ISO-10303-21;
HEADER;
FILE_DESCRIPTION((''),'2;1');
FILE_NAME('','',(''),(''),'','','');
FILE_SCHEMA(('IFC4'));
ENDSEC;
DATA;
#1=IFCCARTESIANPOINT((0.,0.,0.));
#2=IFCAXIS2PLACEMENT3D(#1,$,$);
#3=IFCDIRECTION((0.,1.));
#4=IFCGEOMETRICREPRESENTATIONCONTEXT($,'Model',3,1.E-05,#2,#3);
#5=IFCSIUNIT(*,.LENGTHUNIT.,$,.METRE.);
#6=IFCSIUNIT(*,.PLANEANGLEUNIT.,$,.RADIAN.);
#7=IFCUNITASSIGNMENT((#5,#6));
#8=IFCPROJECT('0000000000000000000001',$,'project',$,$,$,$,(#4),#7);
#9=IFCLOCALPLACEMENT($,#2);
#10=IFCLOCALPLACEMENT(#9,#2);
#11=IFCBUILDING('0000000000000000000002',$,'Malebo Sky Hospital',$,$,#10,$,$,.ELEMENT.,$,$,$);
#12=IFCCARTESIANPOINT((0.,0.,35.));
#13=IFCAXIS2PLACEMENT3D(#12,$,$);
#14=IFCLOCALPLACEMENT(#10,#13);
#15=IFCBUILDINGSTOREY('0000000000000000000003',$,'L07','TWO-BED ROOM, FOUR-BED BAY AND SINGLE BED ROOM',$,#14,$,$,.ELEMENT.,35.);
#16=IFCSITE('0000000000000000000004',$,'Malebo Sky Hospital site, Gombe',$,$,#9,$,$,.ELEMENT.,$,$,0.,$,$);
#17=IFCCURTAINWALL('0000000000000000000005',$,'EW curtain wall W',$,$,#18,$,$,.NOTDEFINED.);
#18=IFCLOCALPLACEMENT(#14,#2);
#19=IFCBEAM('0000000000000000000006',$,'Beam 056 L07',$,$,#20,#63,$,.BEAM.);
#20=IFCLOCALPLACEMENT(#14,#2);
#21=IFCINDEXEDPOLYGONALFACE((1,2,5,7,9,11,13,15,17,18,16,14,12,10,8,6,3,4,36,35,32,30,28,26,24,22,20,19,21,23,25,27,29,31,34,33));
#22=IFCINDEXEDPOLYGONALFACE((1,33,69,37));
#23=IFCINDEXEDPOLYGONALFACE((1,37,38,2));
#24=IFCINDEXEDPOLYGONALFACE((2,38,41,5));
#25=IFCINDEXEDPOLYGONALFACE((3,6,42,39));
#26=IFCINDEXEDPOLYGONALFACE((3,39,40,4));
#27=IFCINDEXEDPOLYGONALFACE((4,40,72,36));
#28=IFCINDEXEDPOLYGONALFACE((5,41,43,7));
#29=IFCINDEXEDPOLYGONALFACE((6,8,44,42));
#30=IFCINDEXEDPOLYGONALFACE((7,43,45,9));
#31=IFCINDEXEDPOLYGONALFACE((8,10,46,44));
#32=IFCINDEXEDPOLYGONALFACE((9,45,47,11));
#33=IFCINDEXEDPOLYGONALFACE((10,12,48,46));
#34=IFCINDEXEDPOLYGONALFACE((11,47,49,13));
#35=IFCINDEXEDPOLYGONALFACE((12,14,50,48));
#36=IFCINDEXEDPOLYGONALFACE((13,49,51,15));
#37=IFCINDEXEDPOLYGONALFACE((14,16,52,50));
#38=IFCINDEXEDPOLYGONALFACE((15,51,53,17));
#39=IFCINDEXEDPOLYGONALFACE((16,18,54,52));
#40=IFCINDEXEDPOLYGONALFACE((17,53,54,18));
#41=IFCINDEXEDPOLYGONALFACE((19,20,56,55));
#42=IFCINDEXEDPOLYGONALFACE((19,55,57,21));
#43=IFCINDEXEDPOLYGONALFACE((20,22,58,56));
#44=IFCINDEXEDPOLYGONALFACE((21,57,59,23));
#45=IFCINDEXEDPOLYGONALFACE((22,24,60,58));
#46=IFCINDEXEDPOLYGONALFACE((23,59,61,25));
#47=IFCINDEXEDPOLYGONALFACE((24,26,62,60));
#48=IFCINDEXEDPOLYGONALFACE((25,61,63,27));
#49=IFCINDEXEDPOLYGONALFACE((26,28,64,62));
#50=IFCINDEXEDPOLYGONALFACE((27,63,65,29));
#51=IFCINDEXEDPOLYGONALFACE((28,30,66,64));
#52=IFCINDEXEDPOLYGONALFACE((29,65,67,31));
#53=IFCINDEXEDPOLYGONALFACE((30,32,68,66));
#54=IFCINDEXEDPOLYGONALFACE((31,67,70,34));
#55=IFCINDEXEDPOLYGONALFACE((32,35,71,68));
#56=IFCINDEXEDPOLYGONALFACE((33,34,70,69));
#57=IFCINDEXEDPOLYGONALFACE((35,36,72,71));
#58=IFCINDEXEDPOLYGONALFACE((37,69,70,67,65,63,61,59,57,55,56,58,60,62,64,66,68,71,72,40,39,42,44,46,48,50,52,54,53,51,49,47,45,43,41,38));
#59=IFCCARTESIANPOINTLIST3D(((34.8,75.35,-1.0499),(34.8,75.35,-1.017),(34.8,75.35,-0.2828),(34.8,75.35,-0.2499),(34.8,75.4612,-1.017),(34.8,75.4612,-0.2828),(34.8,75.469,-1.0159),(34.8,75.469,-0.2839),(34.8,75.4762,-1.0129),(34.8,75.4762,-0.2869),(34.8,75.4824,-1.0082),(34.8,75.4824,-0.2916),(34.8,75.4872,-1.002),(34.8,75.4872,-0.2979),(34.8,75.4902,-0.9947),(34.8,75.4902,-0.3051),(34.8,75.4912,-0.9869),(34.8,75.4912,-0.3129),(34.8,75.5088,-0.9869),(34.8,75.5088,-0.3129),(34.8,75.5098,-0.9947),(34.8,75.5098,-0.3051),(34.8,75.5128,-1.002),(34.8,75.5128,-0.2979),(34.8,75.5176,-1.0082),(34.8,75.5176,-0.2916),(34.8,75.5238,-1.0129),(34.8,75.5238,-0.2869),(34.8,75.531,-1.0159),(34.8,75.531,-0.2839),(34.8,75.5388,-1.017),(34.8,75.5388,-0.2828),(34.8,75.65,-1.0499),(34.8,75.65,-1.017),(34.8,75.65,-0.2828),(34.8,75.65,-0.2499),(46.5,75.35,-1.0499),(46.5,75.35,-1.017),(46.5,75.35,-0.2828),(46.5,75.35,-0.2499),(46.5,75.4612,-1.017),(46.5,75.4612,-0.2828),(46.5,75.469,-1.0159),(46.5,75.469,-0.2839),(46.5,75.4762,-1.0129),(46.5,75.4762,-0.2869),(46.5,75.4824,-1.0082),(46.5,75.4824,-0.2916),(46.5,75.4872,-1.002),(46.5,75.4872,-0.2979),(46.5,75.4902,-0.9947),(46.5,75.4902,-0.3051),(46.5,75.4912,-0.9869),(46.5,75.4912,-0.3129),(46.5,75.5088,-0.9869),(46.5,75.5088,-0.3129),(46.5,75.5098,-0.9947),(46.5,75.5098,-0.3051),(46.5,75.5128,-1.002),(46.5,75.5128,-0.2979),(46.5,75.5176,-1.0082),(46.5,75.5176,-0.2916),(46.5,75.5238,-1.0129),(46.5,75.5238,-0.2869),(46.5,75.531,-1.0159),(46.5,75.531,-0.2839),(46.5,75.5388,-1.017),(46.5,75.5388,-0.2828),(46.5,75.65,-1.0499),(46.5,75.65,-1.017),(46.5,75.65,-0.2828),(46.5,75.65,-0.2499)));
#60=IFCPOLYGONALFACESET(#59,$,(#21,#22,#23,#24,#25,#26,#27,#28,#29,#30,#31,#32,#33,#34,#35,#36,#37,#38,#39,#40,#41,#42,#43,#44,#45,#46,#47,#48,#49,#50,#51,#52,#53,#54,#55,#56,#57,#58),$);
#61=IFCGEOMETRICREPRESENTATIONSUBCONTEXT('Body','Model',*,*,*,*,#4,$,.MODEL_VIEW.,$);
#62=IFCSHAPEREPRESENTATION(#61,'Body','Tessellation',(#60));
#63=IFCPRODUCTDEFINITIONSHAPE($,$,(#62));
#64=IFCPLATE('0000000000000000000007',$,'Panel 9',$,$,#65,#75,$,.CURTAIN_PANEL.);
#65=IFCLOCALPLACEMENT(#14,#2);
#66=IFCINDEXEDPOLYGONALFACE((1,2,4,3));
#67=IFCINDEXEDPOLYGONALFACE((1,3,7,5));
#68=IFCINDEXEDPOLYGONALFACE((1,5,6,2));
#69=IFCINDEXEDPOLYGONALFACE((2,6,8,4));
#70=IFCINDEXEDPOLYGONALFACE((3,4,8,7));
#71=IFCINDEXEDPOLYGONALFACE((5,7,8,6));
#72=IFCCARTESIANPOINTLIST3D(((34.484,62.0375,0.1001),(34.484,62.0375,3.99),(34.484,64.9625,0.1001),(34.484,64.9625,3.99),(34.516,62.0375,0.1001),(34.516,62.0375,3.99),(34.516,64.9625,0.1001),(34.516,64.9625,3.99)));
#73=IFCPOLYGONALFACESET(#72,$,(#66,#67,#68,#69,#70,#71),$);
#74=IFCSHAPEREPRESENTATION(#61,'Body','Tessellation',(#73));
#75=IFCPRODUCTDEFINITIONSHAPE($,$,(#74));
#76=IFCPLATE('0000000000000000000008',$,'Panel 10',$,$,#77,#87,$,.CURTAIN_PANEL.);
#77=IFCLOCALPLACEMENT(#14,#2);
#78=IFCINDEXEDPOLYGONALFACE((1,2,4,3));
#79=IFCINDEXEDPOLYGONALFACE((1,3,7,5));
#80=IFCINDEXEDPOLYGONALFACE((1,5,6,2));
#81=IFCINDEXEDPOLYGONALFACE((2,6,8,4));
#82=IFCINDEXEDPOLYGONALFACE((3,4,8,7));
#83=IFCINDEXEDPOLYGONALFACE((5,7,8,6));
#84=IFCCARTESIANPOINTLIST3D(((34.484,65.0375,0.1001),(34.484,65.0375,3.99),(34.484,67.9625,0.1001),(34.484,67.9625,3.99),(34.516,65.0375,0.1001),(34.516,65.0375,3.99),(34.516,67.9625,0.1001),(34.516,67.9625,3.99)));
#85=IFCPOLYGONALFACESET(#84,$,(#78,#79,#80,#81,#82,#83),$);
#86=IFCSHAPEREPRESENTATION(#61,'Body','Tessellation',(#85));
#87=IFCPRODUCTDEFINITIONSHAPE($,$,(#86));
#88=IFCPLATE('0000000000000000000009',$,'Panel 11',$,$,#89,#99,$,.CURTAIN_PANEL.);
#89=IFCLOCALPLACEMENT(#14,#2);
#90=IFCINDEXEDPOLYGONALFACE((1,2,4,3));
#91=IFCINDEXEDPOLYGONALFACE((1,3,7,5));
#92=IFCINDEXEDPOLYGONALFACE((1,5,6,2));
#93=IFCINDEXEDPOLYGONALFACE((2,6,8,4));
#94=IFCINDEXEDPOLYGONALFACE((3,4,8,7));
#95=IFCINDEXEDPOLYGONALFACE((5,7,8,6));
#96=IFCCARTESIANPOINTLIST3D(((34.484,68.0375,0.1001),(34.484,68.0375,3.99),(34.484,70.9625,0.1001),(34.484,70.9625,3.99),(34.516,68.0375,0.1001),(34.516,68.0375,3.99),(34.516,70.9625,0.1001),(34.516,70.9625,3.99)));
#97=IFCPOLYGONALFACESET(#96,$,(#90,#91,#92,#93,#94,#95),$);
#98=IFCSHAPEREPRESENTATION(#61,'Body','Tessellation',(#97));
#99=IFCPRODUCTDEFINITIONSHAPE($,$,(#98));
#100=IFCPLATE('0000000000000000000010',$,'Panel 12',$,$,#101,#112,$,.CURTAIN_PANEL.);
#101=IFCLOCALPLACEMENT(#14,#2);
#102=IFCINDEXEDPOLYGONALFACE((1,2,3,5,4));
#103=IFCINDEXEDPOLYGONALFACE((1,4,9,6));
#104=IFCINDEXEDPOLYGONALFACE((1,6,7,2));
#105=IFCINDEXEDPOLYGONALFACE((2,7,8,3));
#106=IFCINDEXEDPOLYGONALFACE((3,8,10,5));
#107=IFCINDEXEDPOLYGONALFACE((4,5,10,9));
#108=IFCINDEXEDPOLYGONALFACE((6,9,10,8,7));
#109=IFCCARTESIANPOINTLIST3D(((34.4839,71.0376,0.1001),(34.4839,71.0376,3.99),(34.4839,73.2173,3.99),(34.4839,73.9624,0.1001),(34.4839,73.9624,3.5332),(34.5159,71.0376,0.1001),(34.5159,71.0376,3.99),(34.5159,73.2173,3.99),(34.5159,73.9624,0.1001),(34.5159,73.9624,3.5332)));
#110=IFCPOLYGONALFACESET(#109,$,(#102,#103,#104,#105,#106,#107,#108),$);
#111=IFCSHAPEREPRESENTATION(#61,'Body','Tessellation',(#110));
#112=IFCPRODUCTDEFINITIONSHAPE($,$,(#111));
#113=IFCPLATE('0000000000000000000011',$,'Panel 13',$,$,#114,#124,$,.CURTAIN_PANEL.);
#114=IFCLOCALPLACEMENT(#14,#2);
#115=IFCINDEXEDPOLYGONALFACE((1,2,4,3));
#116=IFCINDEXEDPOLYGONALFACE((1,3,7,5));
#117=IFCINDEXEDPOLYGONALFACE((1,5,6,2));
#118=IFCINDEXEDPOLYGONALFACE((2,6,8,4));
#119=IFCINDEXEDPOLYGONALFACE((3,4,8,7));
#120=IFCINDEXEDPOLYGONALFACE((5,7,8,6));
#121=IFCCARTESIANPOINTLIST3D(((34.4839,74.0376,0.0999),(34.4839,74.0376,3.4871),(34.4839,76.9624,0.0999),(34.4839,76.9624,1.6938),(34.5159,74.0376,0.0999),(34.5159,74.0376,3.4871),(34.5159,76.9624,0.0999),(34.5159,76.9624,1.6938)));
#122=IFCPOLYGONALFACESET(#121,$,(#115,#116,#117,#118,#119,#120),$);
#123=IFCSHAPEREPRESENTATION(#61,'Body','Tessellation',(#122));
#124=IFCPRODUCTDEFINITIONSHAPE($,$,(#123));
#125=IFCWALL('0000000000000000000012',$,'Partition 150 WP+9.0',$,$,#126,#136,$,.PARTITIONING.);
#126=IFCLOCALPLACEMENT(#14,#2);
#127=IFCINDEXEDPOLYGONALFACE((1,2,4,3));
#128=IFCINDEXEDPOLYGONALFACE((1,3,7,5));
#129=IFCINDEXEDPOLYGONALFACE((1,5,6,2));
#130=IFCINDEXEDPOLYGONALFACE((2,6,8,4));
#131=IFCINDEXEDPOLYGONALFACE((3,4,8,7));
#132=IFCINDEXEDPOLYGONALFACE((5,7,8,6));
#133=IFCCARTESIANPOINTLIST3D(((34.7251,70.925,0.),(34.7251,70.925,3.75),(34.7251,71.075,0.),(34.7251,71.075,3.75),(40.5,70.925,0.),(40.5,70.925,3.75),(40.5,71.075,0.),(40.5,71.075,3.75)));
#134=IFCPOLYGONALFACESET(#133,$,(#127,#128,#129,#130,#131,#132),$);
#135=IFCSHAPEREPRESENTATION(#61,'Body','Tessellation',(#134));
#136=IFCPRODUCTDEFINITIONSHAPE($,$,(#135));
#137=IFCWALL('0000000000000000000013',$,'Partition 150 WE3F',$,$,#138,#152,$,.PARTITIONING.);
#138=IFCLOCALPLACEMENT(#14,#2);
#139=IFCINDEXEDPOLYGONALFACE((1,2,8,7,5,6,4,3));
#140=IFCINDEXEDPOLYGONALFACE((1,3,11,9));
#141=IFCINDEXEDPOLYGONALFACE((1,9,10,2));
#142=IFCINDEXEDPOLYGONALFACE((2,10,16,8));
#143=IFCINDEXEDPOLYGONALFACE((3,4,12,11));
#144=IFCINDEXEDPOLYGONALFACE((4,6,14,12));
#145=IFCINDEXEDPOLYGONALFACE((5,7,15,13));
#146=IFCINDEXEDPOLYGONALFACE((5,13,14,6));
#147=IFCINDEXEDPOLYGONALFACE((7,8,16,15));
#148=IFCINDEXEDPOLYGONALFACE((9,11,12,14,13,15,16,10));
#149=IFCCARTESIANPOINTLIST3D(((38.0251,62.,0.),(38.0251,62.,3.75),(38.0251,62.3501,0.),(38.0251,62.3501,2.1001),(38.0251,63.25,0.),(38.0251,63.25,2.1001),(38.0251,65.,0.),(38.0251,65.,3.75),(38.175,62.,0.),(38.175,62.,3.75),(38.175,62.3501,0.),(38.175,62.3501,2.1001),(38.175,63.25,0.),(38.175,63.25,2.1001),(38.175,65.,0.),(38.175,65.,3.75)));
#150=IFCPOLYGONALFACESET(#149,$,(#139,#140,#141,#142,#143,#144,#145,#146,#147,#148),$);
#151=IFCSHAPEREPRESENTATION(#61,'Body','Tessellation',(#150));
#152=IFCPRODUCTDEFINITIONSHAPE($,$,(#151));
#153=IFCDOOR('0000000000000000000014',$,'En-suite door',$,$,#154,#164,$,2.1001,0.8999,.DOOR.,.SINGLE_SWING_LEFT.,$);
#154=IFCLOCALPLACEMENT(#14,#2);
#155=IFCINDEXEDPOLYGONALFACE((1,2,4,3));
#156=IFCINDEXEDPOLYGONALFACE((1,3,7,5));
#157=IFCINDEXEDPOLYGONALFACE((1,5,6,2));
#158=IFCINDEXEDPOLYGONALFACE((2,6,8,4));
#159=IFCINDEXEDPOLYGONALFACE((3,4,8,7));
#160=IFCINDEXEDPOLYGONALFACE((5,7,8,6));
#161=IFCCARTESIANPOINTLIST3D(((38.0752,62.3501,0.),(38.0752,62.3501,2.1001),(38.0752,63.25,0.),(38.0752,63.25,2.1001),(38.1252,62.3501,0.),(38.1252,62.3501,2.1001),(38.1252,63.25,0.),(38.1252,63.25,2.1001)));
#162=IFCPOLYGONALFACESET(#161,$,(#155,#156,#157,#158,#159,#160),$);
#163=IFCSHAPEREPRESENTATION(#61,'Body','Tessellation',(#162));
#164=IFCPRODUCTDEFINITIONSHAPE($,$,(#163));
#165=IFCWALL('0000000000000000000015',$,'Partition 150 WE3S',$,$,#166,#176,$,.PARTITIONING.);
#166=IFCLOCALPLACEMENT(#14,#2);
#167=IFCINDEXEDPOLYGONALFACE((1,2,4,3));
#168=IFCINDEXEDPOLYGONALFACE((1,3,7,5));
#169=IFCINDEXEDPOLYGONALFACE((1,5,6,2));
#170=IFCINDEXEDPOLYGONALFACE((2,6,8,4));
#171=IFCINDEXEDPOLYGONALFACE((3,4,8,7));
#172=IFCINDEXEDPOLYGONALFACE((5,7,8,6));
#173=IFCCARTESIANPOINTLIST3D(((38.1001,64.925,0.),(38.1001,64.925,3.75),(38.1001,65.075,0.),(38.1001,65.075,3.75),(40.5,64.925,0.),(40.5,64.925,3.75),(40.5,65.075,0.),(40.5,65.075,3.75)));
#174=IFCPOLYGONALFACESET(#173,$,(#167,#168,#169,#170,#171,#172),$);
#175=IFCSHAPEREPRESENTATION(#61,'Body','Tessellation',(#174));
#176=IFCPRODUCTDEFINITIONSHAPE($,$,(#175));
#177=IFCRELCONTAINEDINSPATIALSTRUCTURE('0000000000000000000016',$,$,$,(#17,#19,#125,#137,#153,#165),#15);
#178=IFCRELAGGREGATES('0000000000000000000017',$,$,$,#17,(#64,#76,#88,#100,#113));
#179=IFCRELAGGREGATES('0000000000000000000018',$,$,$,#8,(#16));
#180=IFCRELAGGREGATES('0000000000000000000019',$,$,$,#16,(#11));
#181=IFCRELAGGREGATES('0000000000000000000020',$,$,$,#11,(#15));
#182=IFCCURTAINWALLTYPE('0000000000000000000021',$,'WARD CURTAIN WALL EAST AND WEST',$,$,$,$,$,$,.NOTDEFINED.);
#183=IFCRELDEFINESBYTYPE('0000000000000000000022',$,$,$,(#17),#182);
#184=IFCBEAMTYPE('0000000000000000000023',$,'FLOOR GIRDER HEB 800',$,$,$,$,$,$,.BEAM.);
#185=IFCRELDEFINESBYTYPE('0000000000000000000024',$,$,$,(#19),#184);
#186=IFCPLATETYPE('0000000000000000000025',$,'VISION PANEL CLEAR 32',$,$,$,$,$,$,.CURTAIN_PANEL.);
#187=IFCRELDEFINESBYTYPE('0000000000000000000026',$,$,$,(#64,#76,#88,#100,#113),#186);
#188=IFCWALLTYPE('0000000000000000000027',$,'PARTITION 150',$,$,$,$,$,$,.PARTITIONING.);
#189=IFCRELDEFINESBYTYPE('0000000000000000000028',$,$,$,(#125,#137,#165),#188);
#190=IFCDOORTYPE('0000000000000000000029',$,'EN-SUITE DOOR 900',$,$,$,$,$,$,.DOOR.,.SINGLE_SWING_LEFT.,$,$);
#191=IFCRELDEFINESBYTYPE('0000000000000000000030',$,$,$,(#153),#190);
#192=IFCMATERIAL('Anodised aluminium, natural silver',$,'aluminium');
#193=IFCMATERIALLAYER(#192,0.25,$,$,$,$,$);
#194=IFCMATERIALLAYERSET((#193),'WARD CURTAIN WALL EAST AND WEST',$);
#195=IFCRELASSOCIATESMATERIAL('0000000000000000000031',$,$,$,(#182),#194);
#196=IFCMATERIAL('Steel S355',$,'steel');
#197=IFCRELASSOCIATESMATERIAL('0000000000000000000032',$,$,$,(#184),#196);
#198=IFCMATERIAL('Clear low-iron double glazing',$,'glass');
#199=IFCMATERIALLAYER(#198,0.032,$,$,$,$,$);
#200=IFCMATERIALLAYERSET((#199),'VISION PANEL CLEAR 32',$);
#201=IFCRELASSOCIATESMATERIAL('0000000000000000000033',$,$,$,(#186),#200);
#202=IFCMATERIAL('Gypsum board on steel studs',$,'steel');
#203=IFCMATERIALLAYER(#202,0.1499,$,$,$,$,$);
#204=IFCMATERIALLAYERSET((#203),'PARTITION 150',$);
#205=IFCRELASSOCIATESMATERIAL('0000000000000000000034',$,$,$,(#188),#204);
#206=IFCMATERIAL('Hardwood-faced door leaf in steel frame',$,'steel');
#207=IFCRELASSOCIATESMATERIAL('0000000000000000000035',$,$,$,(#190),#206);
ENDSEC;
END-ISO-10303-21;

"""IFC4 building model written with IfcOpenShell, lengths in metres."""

from ifc_helpers import new_model, si_unit, direction, frame, frame_2d, origin, origin_2d, place, context, subcontext, project, spatial, polyline, rectangle, i_section, outline, extrude, material, layer, layer_set, material_profile, profile_set, type_object, element, fill, aggregate, save


model = new_model("IFC4")

# Units and contexts
model_context = context("Model", 3, precision=1e-05, world=origin(), true_north=direction((0.0, 1.0)))
body_context = subcontext(model_context, "Body", "Model", "MODEL_VIEW")
ifc_project = project(units=[si_unit("LENGTHUNIT", "METRE"), si_unit("PLANEANGLEUNIT", "RADIAN")], contexts=[model_context])

# Site, building, storey
site_placement = place(None, origin())
site = spatial("IfcSite", under=ifc_project, at=site_placement, Name="Malebo Sky Hospital site, Gombe", CompositionType="ELEMENT", RefElevation=0.0)
building_placement = place(site_placement, origin())
building = spatial("IfcBuilding", under=site, at=building_placement, Name="Malebo Sky Hospital", CompositionType="ELEMENT")
storey_placement = place(building_placement, frame((0.0, 0.0, 35.0)))
storey = spatial("IfcBuildingStorey", under=building, at=storey_placement, Name="L07", Description="TWO-BED ROOM, FOUR-BED BAY AND SINGLE BED ROOM", CompositionType="ELEMENT", Elevation=35.0)

# Curtain wall
ifc_material_1 = material(Name="Anodised aluminium, natural silver", Category="aluminium")
ifc_layer_1 = layer(ifc_material_1, 0.25)
ifc_layer_set_1 = layer_set([ifc_layer_1], Name="WARD CURTAIN WALL EAST AND WEST")
curtain_wall_type = type_object("IfcCurtainWallType", Name="WARD CURTAIN WALL EAST AND WEST", PredefinedType="NOTDEFINED", material=ifc_layer_set_1)
curtain_wall_placement = place(storey_placement, origin())
curtain_wall = element("IfcCurtainWall", 1, at=curtain_wall_placement, inside=storey, type_object=curtain_wall_type, Name="EW curtain wall W", PredefinedType="NOTDEFINED")

# Beam
ifc_material_2 = material(Name="Steel S355", Category="steel")
ifc_material_profile_1 = material_profile(ifc_material_2, i_section(OverallWidth=0.3, OverallDepth=0.8, WebThickness=0.0176, FlangeThickness=0.033, FilletRadius=0.03, at=origin_2d()), Name="HEB 800")
ifc_profile_set_1 = profile_set([ifc_material_profile_1], Name="Steel S355")
beam_type_1 = type_object("IfcBeamType", Name="FLOOR GIRDER HEB 800", PredefinedType="BEAM", material=ifc_profile_set_1)
beam_1_placement = place(storey_placement, frame((34.8, 75.5, -0.6499), z_axis=(1.0, 0.0, 0.0), x_axis=(0.0, 1.0, 0.0)))
element("IfcBeam", 2, at=beam_1_placement, inside=storey, type_object=beam_type_1, Name="Beam 056 L07", PredefinedType="BEAM", context=body_context, shape_type="SweptSolid", body=[
    extrude(i_section(OverallWidth=0.3, OverallDepth=0.8, WebThickness=0.0176, FlangeThickness=0.033, FilletRadius=0.03, at=origin_2d()), origin(), (0.0, 0.0, 1.0), 11.7),
])

# Plates
ifc_material_3 = material(Name="Clear low-iron double glazing", Category="glass")
ifc_layer_2 = layer(ifc_material_3, 0.032)
ifc_layer_set_2 = layer_set([ifc_layer_2], Name="VISION PANEL CLEAR 32")
plate_type = type_object("IfcPlateType", Name="VISION PANEL CLEAR 32", PredefinedType="CURTAIN_PANEL", material=ifc_layer_set_2)
plate_1_placement = place(storey_placement, frame((34.5, 63.5, 0.1001), z_axis=(0.0, 0.0, 1.0), x_axis=(0.0, 1.0, 0.0)))
plate_1 = element("IfcPlate", 3, at=plate_1_placement, type_object=plate_type, Name="Panel 9", PredefinedType="CURTAIN_PANEL", context=body_context, shape_type="SweptSolid", body=[
    extrude(rectangle(XDim=2.925, YDim=0.032, at=origin_2d()), origin(), (0.0, 0.0, 1.0), 3.8899),
])
plate_2_placement = place(storey_placement, frame((34.5, 66.5, 0.1001), z_axis=(0.0, 0.0, 1.0), x_axis=(0.0, 1.0, 0.0)))
plate_2 = element("IfcPlate", 4, at=plate_2_placement, type_object=plate_type, Name="Panel 10", PredefinedType="CURTAIN_PANEL", context=body_context, shape_type="SweptSolid", body=[
    extrude(rectangle(XDim=2.925, YDim=0.032, at=origin_2d()), origin(), (0.0, 0.0, 1.0), 3.8899),
])
plate_3_placement = place(storey_placement, frame((34.5, 69.5, 0.1001), z_axis=(0.0, 0.0, 1.0), x_axis=(0.0, 1.0, 0.0)))
plate_3 = element("IfcPlate", 5, at=plate_3_placement, type_object=plate_type, Name="Panel 11", PredefinedType="CURTAIN_PANEL", context=body_context, shape_type="SweptSolid", body=[
    extrude(rectangle(XDim=2.925, YDim=0.032, at=origin_2d()), origin(), (0.0, 0.0, 1.0), 3.8899),
])
plate_4_placement = place(storey_placement, frame((34.5, 72.5, 0.1001), z_axis=(0.0, 0.0, 1.0), x_axis=(0.0, 1.0, 0.0)))
plate_4 = element("IfcPlate", 6, at=plate_4_placement, type_object=plate_type, Name="Panel 12", PredefinedType="CURTAIN_PANEL", context=body_context, shape_type="SweptSolid", body=[
    extrude(outline(polyline([(-1.4624, 0.0), (1.4624, 0.0), (1.4624, 3.4331), (0.7173, 3.8899), (-1.4624, 3.8899), (-1.4624, 0.0)])), frame((0.0, 0.0161, 0.0), z_axis=(0.0, -1.0, 0.0), x_axis=(1.0, 0.0, 0.0)), (0.0, 0.0, 1.0), 0.032),
])
plate_5_placement = place(storey_placement, frame((34.5, 75.5, 0.0999), z_axis=(0.0, 0.0, 1.0), x_axis=(0.0, 1.0, 0.0)))
plate_5 = element("IfcPlate", 7, at=plate_5_placement, type_object=plate_type, Name="Panel 13", PredefinedType="CURTAIN_PANEL", context=body_context, shape_type="SweptSolid", body=[
    extrude(outline(polyline([(-1.4624, 0.0), (1.4624, 0.0), (1.4624, 1.594), (-1.4624, 3.3872), (-1.4624, 0.0)])), frame((0.0, 0.0161, 0.0), z_axis=(0.0, -1.0, 0.0), x_axis=(1.0, 0.0, 0.0)), (0.0, 0.0, 1.0), 0.032),
])
aggregate(curtain_wall, [plate_1, plate_2, plate_3, plate_4, plate_5])

# Wall
ifc_material_4 = material(Name="Gypsum board on steel studs", Category="steel")
ifc_layer_3 = layer(ifc_material_4, 0.1499)
ifc_layer_set_3 = layer_set([ifc_layer_3], Name="PARTITION 150")
wall_type_1 = type_object("IfcWallType", Name="PARTITION 150", PredefinedType="PARTITIONING", material=ifc_layer_set_3)
wall_1_placement = place(storey_placement, frame((40.5, 71.0, 0.0), z_axis=(0.0, 0.0, 1.0), x_axis=(-1.0, 0.0, 0.0)))
element("IfcWall", 8, at=wall_1_placement, inside=storey, type_object=wall_type_1, Name="Partition 150 WP+9.0", PredefinedType="PARTITIONING", context=body_context, shape_type="SweptSolid", body=[
    extrude(rectangle(XDim=5.7749, YDim=0.1499, at=frame_2d((2.8875, 0.0))), origin(), (0.0, 0.0, 1.0), 3.75),
])

# Wall, opening, door
wall_2_placement = place(storey_placement, frame((38.1001, 62.0, 0.0), z_axis=(0.0, 0.0, 1.0), x_axis=(0.0, 1.0, 0.0)))
wall_2 = element("IfcWall", 9, at=wall_2_placement, inside=storey, type_object=wall_type_1, Name="Partition 150 WE3F", PredefinedType="PARTITIONING", context=body_context, shape_type="SweptSolid", body=[
    extrude(rectangle(XDim=3.0, YDim=0.1499, at=frame_2d((1.5, 0.0))), origin(), (0.0, 0.0, 1.0), 3.75),
])
opening_1_placement = place(wall_2_placement, frame((0.3501, 0.0, 0.0)))
opening_1 = element("IfcOpeningElement", 10, at=opening_1_placement, cuts=wall_2, PredefinedType="OPENING", context=body_context, shape_type="SweptSolid", body=[
    extrude(rectangle(XDim=0.8999, YDim=2.1001, at=frame_2d((0.45, 1.05))), frame((0.0, 0.085, 0.0), z_axis=(0.0, -1.0, 0.0), x_axis=(1.0, 0.0, 0.0)), (0.0, 0.0, 1.0), 0.1699),
])
ifc_material_5 = material(Name="Hardwood-faced door leaf in steel frame", Category="steel")
door_type = type_object("IfcDoorType", Name="EN-SUITE DOOR 900", OperationType="SINGLE_SWING_LEFT", PredefinedType="DOOR", material=ifc_material_5)
door_1_placement = place(opening_1_placement, origin())
door_1 = element("IfcDoor", 11, at=door_1_placement, inside=storey, type_object=door_type, Name="En-suite door", OperationType="SINGLE_SWING_LEFT", OverallHeight=2.1001, OverallWidth=0.8999, PredefinedType="DOOR", context=body_context, shape_type="SweptSolid", body=[
    extrude(rectangle(XDim=0.8999, YDim=2.1001, at=frame_2d((0.45, 1.05))), frame((0.0, 0.0249, 0.0), z_axis=(0.0, -1.0, 0.0), x_axis=(1.0, 0.0, 0.0)), (0.0, 0.0, 1.0), 0.05),
])
fill(opening_1, door_1)

# Wall
wall_3_placement = place(storey_placement, frame((40.5, 65.0, 0.0), z_axis=(0.0, 0.0, 1.0), x_axis=(-1.0, 0.0, 0.0)))
element("IfcWall", 12, at=wall_3_placement, inside=storey, type_object=wall_type_1, Name="Partition 150 WE3S", PredefinedType="PARTITIONING", context=body_context, shape_type="SweptSolid", body=[
    extrude(rectangle(XDim=2.3999, YDim=0.1499, at=frame_2d((1.2, 0.0))), origin(), (0.0, 0.0, 1.0), 3.75),
])

save(model, "model.ifc")
